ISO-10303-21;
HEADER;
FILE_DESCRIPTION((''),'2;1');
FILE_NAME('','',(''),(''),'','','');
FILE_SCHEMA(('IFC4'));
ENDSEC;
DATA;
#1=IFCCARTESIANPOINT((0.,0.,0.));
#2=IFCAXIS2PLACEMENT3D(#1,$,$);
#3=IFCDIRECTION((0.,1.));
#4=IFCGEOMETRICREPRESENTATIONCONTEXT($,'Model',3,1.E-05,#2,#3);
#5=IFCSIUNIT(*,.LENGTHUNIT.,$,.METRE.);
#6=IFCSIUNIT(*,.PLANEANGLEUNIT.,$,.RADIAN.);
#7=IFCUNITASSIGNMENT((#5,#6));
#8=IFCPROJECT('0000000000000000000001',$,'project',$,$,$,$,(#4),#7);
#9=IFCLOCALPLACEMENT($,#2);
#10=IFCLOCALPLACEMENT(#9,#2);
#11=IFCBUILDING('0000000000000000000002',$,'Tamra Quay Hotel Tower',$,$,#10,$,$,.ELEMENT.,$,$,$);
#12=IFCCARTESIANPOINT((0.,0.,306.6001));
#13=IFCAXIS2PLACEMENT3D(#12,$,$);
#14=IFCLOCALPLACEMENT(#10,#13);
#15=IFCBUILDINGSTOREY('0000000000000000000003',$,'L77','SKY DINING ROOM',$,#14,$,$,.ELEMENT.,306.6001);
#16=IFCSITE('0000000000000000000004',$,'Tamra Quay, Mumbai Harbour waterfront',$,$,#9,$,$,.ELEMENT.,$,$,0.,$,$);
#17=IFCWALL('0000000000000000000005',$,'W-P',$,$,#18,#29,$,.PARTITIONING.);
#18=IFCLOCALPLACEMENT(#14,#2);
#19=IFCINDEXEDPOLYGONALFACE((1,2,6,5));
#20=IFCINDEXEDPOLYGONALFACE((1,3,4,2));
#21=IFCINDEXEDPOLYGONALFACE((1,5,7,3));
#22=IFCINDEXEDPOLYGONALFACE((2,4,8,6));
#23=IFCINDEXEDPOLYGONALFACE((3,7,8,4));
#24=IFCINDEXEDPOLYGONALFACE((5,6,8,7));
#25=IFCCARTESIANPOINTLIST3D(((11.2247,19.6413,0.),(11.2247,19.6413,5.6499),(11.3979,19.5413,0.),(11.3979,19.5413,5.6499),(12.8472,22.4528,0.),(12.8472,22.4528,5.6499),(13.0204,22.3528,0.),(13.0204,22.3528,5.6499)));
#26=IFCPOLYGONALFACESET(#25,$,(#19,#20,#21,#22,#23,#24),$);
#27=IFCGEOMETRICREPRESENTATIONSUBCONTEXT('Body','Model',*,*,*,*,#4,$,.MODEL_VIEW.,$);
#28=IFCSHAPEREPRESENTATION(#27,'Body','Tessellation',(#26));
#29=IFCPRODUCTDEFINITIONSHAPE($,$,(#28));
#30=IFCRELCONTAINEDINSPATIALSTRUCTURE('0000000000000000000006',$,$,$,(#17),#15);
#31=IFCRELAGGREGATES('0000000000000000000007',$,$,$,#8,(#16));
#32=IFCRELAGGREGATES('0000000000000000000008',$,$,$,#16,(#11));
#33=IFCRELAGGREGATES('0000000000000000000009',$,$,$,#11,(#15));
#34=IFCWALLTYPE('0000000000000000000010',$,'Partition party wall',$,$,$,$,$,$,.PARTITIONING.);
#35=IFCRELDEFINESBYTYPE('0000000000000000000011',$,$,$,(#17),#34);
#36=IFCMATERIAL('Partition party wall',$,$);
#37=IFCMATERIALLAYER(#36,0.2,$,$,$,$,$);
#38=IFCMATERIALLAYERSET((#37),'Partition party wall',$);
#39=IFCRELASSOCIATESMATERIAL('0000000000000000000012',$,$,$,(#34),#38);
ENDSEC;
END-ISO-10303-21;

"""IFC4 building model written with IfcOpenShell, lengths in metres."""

from ifc_helpers import new_model, si_unit, direction, frame, frame_2d, origin, place, context, subcontext, project, spatial, rectangle, extrude, material, layer, layer_set, type_object, element, save


model = new_model("IFC4")

# Units and contexts
model_context = context("Model", 3, precision=1e-05, world=origin(), true_north=direction((0.0, 1.0)))
body_context = subcontext(model_context, "Body", "Model", "MODEL_VIEW")
ifc_project = project(units=[si_unit("LENGTHUNIT", "METRE"), si_unit("PLANEANGLEUNIT", "RADIAN")], contexts=[model_context])

# Site, building, storey
site_placement = place(None, origin())
site = spatial("IfcSite", under=ifc_project, at=site_placement, Name="Tamra Quay, Mumbai Harbour waterfront", CompositionType="ELEMENT", RefElevation=0.0)
building_placement = place(site_placement, origin())
building = spatial("IfcBuilding", under=site, at=building_placement, Name="Tamra Quay Hotel Tower", CompositionType="ELEMENT")
storey_placement = place(building_placement, frame((0.0, 0.0, 306.6001)))
storey = spatial("IfcBuildingStorey", under=building, at=storey_placement, Name="L77", Description="SKY DINING ROOM", CompositionType="ELEMENT", Elevation=306.6001)

# Wall
ifc_material_1 = material(Name="Partition party wall")
ifc_layer_1 = layer(ifc_material_1, 0.2)
ifc_layer_set_1 = layer_set([ifc_layer_1], Name="Partition party wall")
wall_type_1 = type_object("IfcWallType", Name="Partition party wall", PredefinedType="PARTITIONING", material=ifc_layer_set_1)
wall_1_placement = place(storey_placement, frame((11.3113, 19.5913, 0.0), z_axis=(0.0, 0.0, 1.0), x_axis=(0.499844, 0.866115, 0.0)))
element("IfcWall", 1, at=wall_1_placement, inside=storey, type_object=wall_type_1, Name="W-P", PredefinedType="PARTITIONING", context=body_context, shape_type="SweptSolid", body=[
    extrude(rectangle(XDim=3.2461, YDim=0.2, at=frame_2d((1.623, 0.0))), origin(), (0.0, 0.0, 1.0), 5.6499),
])

save(model, "model.ifc")
